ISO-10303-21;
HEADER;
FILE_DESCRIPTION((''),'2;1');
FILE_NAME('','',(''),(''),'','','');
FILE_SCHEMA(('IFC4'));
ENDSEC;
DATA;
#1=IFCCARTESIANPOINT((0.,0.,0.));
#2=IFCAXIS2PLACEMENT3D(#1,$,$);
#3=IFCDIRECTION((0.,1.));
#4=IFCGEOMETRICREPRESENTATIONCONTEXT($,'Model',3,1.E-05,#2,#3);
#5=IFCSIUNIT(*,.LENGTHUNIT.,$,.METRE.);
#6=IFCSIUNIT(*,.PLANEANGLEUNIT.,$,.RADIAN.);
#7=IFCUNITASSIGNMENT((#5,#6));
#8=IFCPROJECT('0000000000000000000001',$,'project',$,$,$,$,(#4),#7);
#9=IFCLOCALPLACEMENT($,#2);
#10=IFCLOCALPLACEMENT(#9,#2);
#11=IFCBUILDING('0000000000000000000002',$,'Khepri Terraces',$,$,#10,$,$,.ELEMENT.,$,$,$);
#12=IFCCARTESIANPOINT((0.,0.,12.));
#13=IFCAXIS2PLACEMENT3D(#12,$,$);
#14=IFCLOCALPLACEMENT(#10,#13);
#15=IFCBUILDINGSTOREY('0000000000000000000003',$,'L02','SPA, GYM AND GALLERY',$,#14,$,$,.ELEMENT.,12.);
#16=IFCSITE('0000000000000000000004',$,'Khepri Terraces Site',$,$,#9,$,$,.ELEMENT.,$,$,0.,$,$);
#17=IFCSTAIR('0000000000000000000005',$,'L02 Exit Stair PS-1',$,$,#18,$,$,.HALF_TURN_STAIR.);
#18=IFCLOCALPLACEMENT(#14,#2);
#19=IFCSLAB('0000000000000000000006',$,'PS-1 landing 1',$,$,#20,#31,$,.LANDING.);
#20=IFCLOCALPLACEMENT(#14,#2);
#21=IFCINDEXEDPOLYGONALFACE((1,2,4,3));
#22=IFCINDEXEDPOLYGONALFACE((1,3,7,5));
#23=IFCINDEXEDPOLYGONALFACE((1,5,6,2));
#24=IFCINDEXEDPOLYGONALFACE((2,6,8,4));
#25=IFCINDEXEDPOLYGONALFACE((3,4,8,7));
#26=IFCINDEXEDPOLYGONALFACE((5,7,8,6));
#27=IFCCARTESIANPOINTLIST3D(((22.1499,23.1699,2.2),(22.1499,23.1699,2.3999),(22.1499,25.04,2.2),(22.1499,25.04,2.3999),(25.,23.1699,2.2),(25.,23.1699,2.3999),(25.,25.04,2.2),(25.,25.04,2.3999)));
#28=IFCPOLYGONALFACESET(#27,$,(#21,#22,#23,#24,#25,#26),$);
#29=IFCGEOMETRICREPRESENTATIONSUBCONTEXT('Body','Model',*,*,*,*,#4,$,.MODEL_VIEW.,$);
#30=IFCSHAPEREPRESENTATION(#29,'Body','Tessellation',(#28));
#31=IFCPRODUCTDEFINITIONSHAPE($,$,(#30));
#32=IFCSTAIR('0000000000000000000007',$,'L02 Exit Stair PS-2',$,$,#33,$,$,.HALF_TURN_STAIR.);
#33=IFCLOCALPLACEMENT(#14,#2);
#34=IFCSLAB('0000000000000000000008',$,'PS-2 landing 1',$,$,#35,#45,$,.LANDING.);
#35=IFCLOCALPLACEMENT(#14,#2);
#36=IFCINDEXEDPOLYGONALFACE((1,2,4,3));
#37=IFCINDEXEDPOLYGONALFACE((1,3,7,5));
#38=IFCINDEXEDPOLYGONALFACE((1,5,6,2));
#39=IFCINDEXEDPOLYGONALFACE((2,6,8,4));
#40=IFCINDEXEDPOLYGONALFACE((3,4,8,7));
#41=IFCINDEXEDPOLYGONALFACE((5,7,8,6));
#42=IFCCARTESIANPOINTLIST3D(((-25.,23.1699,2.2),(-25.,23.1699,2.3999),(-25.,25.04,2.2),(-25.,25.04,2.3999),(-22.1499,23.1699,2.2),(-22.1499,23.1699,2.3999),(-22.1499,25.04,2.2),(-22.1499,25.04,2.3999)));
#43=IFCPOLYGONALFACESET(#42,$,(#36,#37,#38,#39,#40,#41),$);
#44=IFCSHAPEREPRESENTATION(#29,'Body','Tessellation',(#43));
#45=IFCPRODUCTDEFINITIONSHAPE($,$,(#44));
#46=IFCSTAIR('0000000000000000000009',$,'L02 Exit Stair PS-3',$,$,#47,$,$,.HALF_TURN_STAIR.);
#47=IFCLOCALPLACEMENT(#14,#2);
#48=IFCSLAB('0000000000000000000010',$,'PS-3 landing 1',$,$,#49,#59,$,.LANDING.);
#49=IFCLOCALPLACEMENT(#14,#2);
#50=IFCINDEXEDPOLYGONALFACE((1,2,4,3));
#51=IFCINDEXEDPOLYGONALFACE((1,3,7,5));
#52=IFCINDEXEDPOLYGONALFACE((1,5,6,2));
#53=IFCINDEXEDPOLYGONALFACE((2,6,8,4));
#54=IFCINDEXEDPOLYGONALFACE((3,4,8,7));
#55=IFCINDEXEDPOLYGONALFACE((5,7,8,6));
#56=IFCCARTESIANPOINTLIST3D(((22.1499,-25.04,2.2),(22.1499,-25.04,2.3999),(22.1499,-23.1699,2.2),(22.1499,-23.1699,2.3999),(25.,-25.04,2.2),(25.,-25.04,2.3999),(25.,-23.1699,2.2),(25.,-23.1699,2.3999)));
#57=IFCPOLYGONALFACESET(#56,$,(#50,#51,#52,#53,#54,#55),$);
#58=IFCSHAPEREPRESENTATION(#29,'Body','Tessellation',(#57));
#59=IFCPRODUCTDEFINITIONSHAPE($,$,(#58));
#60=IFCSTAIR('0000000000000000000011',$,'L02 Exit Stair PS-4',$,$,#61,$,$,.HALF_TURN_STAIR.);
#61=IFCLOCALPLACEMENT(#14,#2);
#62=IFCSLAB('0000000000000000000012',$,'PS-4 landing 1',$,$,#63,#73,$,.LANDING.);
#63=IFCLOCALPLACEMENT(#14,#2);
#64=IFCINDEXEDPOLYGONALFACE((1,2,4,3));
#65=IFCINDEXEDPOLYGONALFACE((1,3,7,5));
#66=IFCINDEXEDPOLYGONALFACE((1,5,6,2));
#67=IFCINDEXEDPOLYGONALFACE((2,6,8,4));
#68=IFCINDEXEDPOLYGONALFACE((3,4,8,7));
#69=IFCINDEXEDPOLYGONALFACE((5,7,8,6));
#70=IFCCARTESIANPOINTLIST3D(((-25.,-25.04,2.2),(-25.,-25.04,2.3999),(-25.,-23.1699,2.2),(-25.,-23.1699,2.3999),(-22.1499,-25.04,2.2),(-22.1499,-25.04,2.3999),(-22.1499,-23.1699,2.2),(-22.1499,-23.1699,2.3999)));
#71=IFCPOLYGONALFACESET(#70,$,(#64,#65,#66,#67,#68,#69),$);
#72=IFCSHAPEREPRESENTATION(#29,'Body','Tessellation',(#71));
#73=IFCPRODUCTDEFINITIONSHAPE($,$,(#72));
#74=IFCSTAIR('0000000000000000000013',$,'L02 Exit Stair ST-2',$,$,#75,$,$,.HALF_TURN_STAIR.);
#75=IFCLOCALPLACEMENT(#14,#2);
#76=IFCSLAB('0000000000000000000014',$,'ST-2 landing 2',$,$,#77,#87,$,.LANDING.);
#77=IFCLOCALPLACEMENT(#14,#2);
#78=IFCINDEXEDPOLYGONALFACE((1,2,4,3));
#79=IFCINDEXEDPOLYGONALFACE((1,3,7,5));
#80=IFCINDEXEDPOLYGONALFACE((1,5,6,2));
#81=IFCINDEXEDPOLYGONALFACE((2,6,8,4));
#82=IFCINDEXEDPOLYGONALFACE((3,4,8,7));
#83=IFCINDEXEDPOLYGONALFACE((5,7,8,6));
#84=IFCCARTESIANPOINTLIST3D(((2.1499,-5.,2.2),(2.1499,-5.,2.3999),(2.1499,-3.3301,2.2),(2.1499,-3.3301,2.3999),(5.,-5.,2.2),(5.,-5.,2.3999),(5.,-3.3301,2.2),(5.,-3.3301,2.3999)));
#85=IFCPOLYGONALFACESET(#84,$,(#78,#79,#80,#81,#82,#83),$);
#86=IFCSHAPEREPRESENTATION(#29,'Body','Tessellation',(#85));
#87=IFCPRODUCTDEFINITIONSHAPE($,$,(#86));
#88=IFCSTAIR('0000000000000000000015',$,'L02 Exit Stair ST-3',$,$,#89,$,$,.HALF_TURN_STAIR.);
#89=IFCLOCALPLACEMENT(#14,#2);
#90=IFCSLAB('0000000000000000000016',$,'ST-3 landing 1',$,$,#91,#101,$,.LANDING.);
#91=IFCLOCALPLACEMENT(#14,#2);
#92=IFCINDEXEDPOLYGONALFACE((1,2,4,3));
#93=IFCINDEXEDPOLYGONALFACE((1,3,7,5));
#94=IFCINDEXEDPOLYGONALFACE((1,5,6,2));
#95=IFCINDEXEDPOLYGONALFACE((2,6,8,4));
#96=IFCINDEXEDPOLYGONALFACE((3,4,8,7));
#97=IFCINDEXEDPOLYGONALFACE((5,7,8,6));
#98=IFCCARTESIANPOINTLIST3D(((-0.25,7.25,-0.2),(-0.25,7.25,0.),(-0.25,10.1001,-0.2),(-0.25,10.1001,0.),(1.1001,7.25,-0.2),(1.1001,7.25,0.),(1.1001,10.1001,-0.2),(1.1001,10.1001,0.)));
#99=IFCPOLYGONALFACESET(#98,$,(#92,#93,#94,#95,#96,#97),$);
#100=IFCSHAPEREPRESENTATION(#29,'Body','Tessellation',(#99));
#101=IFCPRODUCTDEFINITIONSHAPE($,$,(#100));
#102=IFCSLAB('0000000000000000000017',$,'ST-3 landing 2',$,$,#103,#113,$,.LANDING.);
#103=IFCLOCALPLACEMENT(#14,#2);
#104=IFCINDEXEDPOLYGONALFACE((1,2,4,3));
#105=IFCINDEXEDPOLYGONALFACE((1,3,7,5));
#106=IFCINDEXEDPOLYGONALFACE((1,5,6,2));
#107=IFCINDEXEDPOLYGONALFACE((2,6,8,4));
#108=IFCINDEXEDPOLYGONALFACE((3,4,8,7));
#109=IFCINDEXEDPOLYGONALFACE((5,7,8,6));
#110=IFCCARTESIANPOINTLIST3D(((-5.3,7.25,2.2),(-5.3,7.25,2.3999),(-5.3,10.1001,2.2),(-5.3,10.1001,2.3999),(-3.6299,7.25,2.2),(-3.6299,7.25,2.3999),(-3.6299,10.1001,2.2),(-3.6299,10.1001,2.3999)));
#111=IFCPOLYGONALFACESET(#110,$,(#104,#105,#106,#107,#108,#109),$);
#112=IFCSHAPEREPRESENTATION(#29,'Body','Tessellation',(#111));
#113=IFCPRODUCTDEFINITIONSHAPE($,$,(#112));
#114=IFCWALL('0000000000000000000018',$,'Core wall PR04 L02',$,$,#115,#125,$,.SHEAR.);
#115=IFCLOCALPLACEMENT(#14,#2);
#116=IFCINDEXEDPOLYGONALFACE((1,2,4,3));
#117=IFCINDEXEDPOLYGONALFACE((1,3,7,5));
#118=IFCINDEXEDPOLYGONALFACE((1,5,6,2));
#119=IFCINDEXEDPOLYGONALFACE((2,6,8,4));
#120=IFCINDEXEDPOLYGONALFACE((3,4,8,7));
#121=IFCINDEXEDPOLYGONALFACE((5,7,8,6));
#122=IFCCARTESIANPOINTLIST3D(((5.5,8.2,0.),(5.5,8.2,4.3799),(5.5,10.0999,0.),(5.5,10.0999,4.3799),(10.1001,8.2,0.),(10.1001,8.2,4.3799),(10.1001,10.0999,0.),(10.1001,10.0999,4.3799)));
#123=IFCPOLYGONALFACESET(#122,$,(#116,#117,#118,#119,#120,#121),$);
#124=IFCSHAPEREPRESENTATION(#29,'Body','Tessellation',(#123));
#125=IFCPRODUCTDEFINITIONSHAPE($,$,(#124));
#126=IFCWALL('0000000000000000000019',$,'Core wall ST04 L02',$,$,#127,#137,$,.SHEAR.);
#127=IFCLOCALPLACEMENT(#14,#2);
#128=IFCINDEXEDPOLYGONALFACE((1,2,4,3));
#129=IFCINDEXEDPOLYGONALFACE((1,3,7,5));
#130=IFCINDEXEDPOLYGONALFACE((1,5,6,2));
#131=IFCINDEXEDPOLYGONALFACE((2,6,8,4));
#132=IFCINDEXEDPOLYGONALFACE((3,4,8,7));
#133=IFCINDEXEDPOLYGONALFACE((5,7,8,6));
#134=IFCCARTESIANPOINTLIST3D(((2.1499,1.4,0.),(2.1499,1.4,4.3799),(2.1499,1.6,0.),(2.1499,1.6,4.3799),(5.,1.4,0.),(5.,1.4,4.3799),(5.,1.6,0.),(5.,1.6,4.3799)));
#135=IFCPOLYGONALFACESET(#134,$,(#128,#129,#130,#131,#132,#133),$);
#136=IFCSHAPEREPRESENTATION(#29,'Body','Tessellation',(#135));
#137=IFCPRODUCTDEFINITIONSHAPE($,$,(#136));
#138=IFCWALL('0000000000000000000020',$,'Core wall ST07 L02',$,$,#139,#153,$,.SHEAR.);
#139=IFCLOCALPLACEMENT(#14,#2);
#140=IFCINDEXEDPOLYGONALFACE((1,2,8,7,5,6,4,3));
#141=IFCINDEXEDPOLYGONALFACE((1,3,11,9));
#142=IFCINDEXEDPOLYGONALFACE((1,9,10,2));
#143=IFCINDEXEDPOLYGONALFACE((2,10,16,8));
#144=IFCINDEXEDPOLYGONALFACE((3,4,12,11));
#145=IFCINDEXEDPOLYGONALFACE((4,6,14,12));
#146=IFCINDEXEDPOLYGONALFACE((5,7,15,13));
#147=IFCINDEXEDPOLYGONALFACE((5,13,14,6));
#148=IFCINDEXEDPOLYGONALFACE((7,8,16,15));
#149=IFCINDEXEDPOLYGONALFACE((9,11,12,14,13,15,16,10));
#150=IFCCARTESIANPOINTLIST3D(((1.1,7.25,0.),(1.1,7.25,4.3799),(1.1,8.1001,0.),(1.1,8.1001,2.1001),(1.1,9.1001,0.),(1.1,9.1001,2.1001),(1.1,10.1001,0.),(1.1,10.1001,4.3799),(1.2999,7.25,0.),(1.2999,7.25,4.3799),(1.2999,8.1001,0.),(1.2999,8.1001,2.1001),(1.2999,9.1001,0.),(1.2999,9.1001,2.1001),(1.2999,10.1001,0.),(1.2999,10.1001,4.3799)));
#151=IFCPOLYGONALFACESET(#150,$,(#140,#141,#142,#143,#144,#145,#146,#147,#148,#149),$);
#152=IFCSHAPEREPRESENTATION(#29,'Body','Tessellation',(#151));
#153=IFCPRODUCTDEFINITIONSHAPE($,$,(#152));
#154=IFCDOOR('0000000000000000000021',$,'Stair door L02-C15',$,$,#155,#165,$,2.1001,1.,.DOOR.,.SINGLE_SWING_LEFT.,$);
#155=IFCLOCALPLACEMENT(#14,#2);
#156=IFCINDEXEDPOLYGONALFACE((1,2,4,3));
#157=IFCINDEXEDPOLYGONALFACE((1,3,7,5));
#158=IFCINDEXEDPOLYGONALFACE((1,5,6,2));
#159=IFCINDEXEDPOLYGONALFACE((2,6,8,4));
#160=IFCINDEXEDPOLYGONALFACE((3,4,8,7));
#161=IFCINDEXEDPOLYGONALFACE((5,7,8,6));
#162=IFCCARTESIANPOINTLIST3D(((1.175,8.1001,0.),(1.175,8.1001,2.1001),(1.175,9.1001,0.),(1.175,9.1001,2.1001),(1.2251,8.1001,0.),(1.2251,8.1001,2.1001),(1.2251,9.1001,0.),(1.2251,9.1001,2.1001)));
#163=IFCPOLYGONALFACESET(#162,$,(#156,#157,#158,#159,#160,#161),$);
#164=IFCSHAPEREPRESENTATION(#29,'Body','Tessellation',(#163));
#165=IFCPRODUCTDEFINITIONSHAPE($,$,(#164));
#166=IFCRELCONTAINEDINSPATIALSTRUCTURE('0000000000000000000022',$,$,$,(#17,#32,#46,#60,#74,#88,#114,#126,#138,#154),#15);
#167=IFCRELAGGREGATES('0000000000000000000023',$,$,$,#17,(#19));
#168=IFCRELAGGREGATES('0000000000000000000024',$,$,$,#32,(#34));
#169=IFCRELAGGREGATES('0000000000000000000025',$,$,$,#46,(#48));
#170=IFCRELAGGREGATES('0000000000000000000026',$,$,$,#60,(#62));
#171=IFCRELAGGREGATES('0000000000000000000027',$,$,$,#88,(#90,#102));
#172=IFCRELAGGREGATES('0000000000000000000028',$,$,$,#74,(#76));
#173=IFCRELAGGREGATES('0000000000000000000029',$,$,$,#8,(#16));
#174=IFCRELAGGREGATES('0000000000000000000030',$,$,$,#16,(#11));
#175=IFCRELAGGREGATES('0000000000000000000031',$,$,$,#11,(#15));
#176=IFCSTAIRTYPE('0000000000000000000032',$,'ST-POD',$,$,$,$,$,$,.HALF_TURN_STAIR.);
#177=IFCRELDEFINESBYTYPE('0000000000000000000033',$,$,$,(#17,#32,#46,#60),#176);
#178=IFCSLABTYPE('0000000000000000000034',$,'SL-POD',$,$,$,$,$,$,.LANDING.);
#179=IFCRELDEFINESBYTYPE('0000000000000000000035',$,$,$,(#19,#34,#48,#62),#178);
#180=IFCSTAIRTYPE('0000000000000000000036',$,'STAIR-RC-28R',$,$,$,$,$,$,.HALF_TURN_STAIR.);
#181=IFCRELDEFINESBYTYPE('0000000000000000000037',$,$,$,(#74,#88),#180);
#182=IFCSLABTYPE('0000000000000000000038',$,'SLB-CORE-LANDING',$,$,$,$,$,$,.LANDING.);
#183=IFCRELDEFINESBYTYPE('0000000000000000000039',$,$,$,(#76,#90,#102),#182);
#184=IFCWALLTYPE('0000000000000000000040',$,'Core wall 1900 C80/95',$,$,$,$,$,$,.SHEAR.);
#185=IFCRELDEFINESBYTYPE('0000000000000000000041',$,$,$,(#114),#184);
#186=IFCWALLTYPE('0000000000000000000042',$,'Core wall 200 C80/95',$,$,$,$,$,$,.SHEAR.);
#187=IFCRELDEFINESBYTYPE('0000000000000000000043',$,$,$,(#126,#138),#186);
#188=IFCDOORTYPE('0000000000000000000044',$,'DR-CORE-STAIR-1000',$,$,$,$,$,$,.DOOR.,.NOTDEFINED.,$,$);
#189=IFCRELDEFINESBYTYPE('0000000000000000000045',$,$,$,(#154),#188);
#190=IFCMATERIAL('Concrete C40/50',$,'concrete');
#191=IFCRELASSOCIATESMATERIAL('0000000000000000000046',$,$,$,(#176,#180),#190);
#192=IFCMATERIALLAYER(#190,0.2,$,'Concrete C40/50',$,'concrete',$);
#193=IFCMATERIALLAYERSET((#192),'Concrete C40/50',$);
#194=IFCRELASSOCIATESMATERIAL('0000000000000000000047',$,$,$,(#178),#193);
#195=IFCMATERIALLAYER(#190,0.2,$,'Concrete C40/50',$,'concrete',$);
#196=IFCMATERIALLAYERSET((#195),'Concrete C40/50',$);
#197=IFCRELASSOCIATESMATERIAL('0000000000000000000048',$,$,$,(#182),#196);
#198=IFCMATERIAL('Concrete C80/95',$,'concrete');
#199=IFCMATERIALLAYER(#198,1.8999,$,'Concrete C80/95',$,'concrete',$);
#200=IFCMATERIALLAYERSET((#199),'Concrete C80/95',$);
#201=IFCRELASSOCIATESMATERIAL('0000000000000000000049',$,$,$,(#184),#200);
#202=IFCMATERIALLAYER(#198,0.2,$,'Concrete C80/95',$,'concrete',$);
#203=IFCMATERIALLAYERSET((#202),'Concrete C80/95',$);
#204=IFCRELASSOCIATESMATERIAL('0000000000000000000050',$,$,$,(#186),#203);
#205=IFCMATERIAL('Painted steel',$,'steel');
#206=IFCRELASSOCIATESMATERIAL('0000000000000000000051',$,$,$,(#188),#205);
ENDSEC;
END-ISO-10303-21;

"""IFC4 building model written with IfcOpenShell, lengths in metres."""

from ifc_helpers import new_model, si_unit, direction, frame, frame_2d, origin, place, context, subcontext, project, spatial, polyline, rectangle, outline, extrude, material, layer, layer_set, type_object, element, fill, aggregate, save


model = new_model("IFC4")

# Units and contexts
model_context = context("Model", 3, precision=1e-05, world=origin(), true_north=direction((0.0, 1.0)))
body_context = subcontext(model_context, "Body", "Model", "MODEL_VIEW")
ifc_project = project(units=[si_unit("LENGTHUNIT", "METRE"), si_unit("PLANEANGLEUNIT", "RADIAN")], contexts=[model_context])

# Site, building, storey
site_placement = place(None, origin())
site = spatial("IfcSite", under=ifc_project, at=site_placement, Name="Khepri Terraces Site", CompositionType="ELEMENT", RefElevation=0.0)
building_placement = place(site_placement, origin())
building = spatial("IfcBuilding", under=site, at=building_placement, Name="Khepri Terraces", CompositionType="ELEMENT")
storey_placement = place(building_placement, frame((0.0, 0.0, 12.0)))
storey = spatial("IfcBuildingStorey", under=building, at=storey_placement, Name="L02", Description="SPA, GYM AND GALLERY", CompositionType="ELEMENT", Elevation=12.0)

# Stairs, slabs
ifc_material_1 = material(Name="Concrete C40/50", Category="concrete")
stair_type_1 = type_object("IfcStairType", Name="ST-POD", PredefinedType="HALF_TURN_STAIR", material=ifc_material_1)
stair_1_placement = place(storey_placement, origin())
stair_1 = element("IfcStair", 1, at=stair_1_placement, inside=storey, type_object=stair_type_1, Name="L02 Exit Stair PS-1", PredefinedType="HALF_TURN_STAIR")
ifc_layer_1 = layer(ifc_material_1, 0.2, Name="Concrete C40/50", Category="concrete")
ifc_layer_set_1 = layer_set([ifc_layer_1], Name="Concrete C40/50")
slab_type_1 = type_object("IfcSlabType", Name="SL-POD", PredefinedType="LANDING", material=ifc_layer_set_1)
slab_1_placement = place(storey_placement, frame((0.0, 0.0, 2.2)))
slab_1 = element("IfcSlab", 2, at=slab_1_placement, type_object=slab_type_1, Name="PS-1 landing 1", PredefinedType="LANDING", context=body_context, shape_type="SweptSolid", body=[
    extrude(outline(polyline([(25.0, 23.1699), (25.0, 25.04), (22.1499, 25.04), (22.1499, 23.1699), (25.0, 23.1699)])), origin(), (0.0, 0.0, 1.0), 0.2),
])
aggregate(stair_1, [slab_1])
stair_2_placement = place(storey_placement, origin())
stair_2 = element("IfcStair", 3, at=stair_2_placement, inside=storey, type_object=stair_type_1, Name="L02 Exit Stair PS-2", PredefinedType="HALF_TURN_STAIR")
slab_2_placement = place(storey_placement, frame((0.0, 0.0, 2.2)))
slab_2 = element("IfcSlab", 4, at=slab_2_placement, type_object=slab_type_1, Name="PS-2 landing 1", PredefinedType="LANDING", context=body_context, shape_type="SweptSolid", body=[
    extrude(outline(polyline([(-22.1499, 23.1699), (-22.1499, 25.04), (-25.0, 25.04), (-25.0, 23.1699), (-22.1499, 23.1699)])), origin(), (0.0, 0.0, 1.0), 0.2),
])
aggregate(stair_2, [slab_2])
stair_3_placement = place(storey_placement, origin())
stair_3 = element("IfcStair", 5, at=stair_3_placement, inside=storey, type_object=stair_type_1, Name="L02 Exit Stair PS-3", PredefinedType="HALF_TURN_STAIR")
slab_3_placement = place(storey_placement, frame((0.0, 0.0, 2.2)))
slab_3 = element("IfcSlab", 6, at=slab_3_placement, type_object=slab_type_1, Name="PS-3 landing 1", PredefinedType="LANDING", context=body_context, shape_type="SweptSolid", body=[
    extrude(outline(polyline([(22.1499, -23.1699), (22.1499, -25.04), (25.0, -25.04), (25.0, -23.1699), (22.1499, -23.1699)])), origin(), (0.0, 0.0, 1.0), 0.2),
])
aggregate(stair_3, [slab_3])
stair_4_placement = place(storey_placement, origin())
stair_4 = element("IfcStair", 7, at=stair_4_placement, inside=storey, type_object=stair_type_1, Name="L02 Exit Stair PS-4", PredefinedType="HALF_TURN_STAIR")
slab_4_placement = place(storey_placement, frame((0.0, 0.0, 2.2)))
slab_4 = element("IfcSlab", 8, at=slab_4_placement, type_object=slab_type_1, Name="PS-4 landing 1", PredefinedType="LANDING", context=body_context, shape_type="SweptSolid", body=[
    extrude(outline(polyline([(-25.0, -23.1699), (-25.0, -25.04), (-22.1499, -25.04), (-22.1499, -23.1699), (-25.0, -23.1699)])), origin(), (0.0, 0.0, 1.0), 0.2),
])
aggregate(stair_4, [slab_4])
stair_type_2 = type_object("IfcStairType", Name="STAIR-RC-28R", PredefinedType="HALF_TURN_STAIR", material=ifc_material_1)
stair_5_placement = place(storey_placement, origin())
stair_5 = element("IfcStair", 9, at=stair_5_placement, inside=storey, type_object=stair_type_2, Name="L02 Exit Stair ST-2", PredefinedType="HALF_TURN_STAIR")
ifc_layer_2 = layer(ifc_material_1, 0.2, Name="Concrete C40/50", Category="concrete")
ifc_layer_set_2 = layer_set([ifc_layer_2], Name="Concrete C40/50")
slab_type_2 = type_object("IfcSlabType", Name="SLB-CORE-LANDING", PredefinedType="LANDING", material=ifc_layer_set_2)
slab_5_placement = place(storey_placement, frame((0.0, 0.0, 2.2)))
slab_5 = element("IfcSlab", 10, at=slab_5_placement, type_object=slab_type_2, Name="ST-2 landing 2", PredefinedType="LANDING", context=body_context, shape_type="SweptSolid", body=[
    extrude(outline(polyline([(2.1499, -3.3301), (2.1499, -5.0), (5.0, -5.0), (5.0, -3.3301), (2.1499, -3.3301)])), origin(), (0.0, 0.0, 1.0), 0.2),
])

# Stair, slabs
stair_6_placement = place(storey_placement, origin())
stair_6 = element("IfcStair", 11, at=stair_6_placement, inside=storey, type_object=stair_type_2, Name="L02 Exit Stair ST-3", PredefinedType="HALF_TURN_STAIR")
slab_6_placement = place(storey_placement, frame((0.0, 0.0, -0.2)))
slab_6 = element("IfcSlab", 12, at=slab_6_placement, type_object=slab_type_2, Name="ST-3 landing 1", PredefinedType="LANDING", context=body_context, shape_type="SweptSolid", body=[
    extrude(outline(polyline([(1.1001, 10.1001), (-0.25, 10.1001), (-0.25, 7.25), (1.1001, 7.25), (1.1001, 10.1001)])), origin(), (0.0, 0.0, 1.0), 0.2),
])
slab_7_placement = place(storey_placement, frame((0.0, 0.0, 2.2)))
slab_7 = element("IfcSlab", 13, at=slab_7_placement, type_object=slab_type_2, Name="ST-3 landing 2", PredefinedType="LANDING", context=body_context, shape_type="SweptSolid", body=[
    extrude(outline(polyline([(-3.6299, 10.1001), (-5.3, 10.1001), (-5.3, 7.25), (-3.6299, 7.25), (-3.6299, 10.1001)])), origin(), (0.0, 0.0, 1.0), 0.2),
])
aggregate(stair_6, [slab_6, slab_7])

# Walls
ifc_material_2 = material(Name="Concrete C80/95", Category="concrete")
ifc_layer_3 = layer(ifc_material_2, 1.8999, Name="Concrete C80/95", Category="concrete")
ifc_layer_set_3 = layer_set([ifc_layer_3], Name="Concrete C80/95")
wall_type_1 = type_object("IfcWallType", Name="Core wall 1900 C80/95", PredefinedType="SHEAR", material=ifc_layer_set_3)
wall_1_placement = place(storey_placement, frame((5.5, 9.1499, 0.0), z_axis=(0.0, 0.0, 1.0), x_axis=(1.0, 0.0, 0.0)))
element("IfcWall", 14, at=wall_1_placement, inside=storey, type_object=wall_type_1, Name="Core wall PR04 L02", PredefinedType="SHEAR", context=body_context, shape_type="SweptSolid", body=[
    extrude(rectangle(XDim=4.6001, YDim=1.8999, at=frame_2d((2.3, 0.0))), origin(), (0.0, 0.0, 1.0), 4.3799),
])
ifc_layer_4 = layer(ifc_material_2, 0.2, Name="Concrete C80/95", Category="concrete")
ifc_layer_set_4 = layer_set([ifc_layer_4], Name="Concrete C80/95")
wall_type_2 = type_object("IfcWallType", Name="Core wall 200 C80/95", PredefinedType="SHEAR", material=ifc_layer_set_4)
wall_2_placement = place(storey_placement, frame((2.1499, 1.5, 0.0), z_axis=(0.0, 0.0, 1.0), x_axis=(1.0, 0.0, 0.0)))
element("IfcWall", 15, at=wall_2_placement, inside=storey, type_object=wall_type_2, Name="Core wall ST04 L02", PredefinedType="SHEAR", context=body_context, shape_type="SweptSolid", body=[
    extrude(rectangle(XDim=2.8501, YDim=0.2, at=frame_2d((1.425, 0.0))), origin(), (0.0, 0.0, 1.0), 4.3799),
])

# Wall, opening, door
wall_3_placement = place(storey_placement, frame((1.2, 7.25, 0.0), z_axis=(0.0, 0.0, 1.0), x_axis=(0.0, 1.0, 0.0)))
wall_3 = element("IfcWall", 16, at=wall_3_placement, inside=storey, type_object=wall_type_2, Name="Core wall ST07 L02", PredefinedType="SHEAR", context=body_context, shape_type="SweptSolid", body=[
    extrude(rectangle(XDim=2.8501, YDim=0.2, at=frame_2d((1.425, 0.0))), origin(), (0.0, 0.0, 1.0), 4.3799),
])
opening_1_placement = place(wall_3_placement, frame((0.8501, 0.0, 0.0)))
opening_1 = element("IfcOpeningElement", 17, at=opening_1_placement, cuts=wall_3, PredefinedType="OPENING", context=body_context, shape_type="SweptSolid", body=[
    extrude(rectangle(XDim=1.0, YDim=2.1001, at=frame_2d((0.5, 1.05))), frame((0.0, 0.1099, 0.0), z_axis=(0.0, -1.0, 0.0), x_axis=(1.0, 0.0, 0.0)), (0.0, 0.0, 1.0), 0.22),
])
ifc_material_3 = material(Name="Painted steel", Category="steel")
door_type_1 = type_object("IfcDoorType", Name="DR-CORE-STAIR-1000", OperationType="NOTDEFINED", PredefinedType="DOOR", material=ifc_material_3)
door_1_placement = place(opening_1_placement, origin())
door_1 = element("IfcDoor", 18, at=door_1_placement, inside=storey, type_object=door_type_1, Name="Stair door L02-C15", OperationType="SINGLE_SWING_LEFT", OverallHeight=2.1001, OverallWidth=1.0, PredefinedType="DOOR", context=body_context, shape_type="SweptSolid", body=[
    extrude(rectangle(XDim=1.0, YDim=2.1001, at=frame_2d((0.5, 1.05))), frame((0.0, 0.0249, 0.0), z_axis=(0.0, -1.0, 0.0), x_axis=(1.0, 0.0, 0.0)), (0.0, 0.0, 1.0), 0.05),
])
fill(opening_1, door_1)

aggregate(stair_5, [slab_5])

save(model, "model.ifc")
